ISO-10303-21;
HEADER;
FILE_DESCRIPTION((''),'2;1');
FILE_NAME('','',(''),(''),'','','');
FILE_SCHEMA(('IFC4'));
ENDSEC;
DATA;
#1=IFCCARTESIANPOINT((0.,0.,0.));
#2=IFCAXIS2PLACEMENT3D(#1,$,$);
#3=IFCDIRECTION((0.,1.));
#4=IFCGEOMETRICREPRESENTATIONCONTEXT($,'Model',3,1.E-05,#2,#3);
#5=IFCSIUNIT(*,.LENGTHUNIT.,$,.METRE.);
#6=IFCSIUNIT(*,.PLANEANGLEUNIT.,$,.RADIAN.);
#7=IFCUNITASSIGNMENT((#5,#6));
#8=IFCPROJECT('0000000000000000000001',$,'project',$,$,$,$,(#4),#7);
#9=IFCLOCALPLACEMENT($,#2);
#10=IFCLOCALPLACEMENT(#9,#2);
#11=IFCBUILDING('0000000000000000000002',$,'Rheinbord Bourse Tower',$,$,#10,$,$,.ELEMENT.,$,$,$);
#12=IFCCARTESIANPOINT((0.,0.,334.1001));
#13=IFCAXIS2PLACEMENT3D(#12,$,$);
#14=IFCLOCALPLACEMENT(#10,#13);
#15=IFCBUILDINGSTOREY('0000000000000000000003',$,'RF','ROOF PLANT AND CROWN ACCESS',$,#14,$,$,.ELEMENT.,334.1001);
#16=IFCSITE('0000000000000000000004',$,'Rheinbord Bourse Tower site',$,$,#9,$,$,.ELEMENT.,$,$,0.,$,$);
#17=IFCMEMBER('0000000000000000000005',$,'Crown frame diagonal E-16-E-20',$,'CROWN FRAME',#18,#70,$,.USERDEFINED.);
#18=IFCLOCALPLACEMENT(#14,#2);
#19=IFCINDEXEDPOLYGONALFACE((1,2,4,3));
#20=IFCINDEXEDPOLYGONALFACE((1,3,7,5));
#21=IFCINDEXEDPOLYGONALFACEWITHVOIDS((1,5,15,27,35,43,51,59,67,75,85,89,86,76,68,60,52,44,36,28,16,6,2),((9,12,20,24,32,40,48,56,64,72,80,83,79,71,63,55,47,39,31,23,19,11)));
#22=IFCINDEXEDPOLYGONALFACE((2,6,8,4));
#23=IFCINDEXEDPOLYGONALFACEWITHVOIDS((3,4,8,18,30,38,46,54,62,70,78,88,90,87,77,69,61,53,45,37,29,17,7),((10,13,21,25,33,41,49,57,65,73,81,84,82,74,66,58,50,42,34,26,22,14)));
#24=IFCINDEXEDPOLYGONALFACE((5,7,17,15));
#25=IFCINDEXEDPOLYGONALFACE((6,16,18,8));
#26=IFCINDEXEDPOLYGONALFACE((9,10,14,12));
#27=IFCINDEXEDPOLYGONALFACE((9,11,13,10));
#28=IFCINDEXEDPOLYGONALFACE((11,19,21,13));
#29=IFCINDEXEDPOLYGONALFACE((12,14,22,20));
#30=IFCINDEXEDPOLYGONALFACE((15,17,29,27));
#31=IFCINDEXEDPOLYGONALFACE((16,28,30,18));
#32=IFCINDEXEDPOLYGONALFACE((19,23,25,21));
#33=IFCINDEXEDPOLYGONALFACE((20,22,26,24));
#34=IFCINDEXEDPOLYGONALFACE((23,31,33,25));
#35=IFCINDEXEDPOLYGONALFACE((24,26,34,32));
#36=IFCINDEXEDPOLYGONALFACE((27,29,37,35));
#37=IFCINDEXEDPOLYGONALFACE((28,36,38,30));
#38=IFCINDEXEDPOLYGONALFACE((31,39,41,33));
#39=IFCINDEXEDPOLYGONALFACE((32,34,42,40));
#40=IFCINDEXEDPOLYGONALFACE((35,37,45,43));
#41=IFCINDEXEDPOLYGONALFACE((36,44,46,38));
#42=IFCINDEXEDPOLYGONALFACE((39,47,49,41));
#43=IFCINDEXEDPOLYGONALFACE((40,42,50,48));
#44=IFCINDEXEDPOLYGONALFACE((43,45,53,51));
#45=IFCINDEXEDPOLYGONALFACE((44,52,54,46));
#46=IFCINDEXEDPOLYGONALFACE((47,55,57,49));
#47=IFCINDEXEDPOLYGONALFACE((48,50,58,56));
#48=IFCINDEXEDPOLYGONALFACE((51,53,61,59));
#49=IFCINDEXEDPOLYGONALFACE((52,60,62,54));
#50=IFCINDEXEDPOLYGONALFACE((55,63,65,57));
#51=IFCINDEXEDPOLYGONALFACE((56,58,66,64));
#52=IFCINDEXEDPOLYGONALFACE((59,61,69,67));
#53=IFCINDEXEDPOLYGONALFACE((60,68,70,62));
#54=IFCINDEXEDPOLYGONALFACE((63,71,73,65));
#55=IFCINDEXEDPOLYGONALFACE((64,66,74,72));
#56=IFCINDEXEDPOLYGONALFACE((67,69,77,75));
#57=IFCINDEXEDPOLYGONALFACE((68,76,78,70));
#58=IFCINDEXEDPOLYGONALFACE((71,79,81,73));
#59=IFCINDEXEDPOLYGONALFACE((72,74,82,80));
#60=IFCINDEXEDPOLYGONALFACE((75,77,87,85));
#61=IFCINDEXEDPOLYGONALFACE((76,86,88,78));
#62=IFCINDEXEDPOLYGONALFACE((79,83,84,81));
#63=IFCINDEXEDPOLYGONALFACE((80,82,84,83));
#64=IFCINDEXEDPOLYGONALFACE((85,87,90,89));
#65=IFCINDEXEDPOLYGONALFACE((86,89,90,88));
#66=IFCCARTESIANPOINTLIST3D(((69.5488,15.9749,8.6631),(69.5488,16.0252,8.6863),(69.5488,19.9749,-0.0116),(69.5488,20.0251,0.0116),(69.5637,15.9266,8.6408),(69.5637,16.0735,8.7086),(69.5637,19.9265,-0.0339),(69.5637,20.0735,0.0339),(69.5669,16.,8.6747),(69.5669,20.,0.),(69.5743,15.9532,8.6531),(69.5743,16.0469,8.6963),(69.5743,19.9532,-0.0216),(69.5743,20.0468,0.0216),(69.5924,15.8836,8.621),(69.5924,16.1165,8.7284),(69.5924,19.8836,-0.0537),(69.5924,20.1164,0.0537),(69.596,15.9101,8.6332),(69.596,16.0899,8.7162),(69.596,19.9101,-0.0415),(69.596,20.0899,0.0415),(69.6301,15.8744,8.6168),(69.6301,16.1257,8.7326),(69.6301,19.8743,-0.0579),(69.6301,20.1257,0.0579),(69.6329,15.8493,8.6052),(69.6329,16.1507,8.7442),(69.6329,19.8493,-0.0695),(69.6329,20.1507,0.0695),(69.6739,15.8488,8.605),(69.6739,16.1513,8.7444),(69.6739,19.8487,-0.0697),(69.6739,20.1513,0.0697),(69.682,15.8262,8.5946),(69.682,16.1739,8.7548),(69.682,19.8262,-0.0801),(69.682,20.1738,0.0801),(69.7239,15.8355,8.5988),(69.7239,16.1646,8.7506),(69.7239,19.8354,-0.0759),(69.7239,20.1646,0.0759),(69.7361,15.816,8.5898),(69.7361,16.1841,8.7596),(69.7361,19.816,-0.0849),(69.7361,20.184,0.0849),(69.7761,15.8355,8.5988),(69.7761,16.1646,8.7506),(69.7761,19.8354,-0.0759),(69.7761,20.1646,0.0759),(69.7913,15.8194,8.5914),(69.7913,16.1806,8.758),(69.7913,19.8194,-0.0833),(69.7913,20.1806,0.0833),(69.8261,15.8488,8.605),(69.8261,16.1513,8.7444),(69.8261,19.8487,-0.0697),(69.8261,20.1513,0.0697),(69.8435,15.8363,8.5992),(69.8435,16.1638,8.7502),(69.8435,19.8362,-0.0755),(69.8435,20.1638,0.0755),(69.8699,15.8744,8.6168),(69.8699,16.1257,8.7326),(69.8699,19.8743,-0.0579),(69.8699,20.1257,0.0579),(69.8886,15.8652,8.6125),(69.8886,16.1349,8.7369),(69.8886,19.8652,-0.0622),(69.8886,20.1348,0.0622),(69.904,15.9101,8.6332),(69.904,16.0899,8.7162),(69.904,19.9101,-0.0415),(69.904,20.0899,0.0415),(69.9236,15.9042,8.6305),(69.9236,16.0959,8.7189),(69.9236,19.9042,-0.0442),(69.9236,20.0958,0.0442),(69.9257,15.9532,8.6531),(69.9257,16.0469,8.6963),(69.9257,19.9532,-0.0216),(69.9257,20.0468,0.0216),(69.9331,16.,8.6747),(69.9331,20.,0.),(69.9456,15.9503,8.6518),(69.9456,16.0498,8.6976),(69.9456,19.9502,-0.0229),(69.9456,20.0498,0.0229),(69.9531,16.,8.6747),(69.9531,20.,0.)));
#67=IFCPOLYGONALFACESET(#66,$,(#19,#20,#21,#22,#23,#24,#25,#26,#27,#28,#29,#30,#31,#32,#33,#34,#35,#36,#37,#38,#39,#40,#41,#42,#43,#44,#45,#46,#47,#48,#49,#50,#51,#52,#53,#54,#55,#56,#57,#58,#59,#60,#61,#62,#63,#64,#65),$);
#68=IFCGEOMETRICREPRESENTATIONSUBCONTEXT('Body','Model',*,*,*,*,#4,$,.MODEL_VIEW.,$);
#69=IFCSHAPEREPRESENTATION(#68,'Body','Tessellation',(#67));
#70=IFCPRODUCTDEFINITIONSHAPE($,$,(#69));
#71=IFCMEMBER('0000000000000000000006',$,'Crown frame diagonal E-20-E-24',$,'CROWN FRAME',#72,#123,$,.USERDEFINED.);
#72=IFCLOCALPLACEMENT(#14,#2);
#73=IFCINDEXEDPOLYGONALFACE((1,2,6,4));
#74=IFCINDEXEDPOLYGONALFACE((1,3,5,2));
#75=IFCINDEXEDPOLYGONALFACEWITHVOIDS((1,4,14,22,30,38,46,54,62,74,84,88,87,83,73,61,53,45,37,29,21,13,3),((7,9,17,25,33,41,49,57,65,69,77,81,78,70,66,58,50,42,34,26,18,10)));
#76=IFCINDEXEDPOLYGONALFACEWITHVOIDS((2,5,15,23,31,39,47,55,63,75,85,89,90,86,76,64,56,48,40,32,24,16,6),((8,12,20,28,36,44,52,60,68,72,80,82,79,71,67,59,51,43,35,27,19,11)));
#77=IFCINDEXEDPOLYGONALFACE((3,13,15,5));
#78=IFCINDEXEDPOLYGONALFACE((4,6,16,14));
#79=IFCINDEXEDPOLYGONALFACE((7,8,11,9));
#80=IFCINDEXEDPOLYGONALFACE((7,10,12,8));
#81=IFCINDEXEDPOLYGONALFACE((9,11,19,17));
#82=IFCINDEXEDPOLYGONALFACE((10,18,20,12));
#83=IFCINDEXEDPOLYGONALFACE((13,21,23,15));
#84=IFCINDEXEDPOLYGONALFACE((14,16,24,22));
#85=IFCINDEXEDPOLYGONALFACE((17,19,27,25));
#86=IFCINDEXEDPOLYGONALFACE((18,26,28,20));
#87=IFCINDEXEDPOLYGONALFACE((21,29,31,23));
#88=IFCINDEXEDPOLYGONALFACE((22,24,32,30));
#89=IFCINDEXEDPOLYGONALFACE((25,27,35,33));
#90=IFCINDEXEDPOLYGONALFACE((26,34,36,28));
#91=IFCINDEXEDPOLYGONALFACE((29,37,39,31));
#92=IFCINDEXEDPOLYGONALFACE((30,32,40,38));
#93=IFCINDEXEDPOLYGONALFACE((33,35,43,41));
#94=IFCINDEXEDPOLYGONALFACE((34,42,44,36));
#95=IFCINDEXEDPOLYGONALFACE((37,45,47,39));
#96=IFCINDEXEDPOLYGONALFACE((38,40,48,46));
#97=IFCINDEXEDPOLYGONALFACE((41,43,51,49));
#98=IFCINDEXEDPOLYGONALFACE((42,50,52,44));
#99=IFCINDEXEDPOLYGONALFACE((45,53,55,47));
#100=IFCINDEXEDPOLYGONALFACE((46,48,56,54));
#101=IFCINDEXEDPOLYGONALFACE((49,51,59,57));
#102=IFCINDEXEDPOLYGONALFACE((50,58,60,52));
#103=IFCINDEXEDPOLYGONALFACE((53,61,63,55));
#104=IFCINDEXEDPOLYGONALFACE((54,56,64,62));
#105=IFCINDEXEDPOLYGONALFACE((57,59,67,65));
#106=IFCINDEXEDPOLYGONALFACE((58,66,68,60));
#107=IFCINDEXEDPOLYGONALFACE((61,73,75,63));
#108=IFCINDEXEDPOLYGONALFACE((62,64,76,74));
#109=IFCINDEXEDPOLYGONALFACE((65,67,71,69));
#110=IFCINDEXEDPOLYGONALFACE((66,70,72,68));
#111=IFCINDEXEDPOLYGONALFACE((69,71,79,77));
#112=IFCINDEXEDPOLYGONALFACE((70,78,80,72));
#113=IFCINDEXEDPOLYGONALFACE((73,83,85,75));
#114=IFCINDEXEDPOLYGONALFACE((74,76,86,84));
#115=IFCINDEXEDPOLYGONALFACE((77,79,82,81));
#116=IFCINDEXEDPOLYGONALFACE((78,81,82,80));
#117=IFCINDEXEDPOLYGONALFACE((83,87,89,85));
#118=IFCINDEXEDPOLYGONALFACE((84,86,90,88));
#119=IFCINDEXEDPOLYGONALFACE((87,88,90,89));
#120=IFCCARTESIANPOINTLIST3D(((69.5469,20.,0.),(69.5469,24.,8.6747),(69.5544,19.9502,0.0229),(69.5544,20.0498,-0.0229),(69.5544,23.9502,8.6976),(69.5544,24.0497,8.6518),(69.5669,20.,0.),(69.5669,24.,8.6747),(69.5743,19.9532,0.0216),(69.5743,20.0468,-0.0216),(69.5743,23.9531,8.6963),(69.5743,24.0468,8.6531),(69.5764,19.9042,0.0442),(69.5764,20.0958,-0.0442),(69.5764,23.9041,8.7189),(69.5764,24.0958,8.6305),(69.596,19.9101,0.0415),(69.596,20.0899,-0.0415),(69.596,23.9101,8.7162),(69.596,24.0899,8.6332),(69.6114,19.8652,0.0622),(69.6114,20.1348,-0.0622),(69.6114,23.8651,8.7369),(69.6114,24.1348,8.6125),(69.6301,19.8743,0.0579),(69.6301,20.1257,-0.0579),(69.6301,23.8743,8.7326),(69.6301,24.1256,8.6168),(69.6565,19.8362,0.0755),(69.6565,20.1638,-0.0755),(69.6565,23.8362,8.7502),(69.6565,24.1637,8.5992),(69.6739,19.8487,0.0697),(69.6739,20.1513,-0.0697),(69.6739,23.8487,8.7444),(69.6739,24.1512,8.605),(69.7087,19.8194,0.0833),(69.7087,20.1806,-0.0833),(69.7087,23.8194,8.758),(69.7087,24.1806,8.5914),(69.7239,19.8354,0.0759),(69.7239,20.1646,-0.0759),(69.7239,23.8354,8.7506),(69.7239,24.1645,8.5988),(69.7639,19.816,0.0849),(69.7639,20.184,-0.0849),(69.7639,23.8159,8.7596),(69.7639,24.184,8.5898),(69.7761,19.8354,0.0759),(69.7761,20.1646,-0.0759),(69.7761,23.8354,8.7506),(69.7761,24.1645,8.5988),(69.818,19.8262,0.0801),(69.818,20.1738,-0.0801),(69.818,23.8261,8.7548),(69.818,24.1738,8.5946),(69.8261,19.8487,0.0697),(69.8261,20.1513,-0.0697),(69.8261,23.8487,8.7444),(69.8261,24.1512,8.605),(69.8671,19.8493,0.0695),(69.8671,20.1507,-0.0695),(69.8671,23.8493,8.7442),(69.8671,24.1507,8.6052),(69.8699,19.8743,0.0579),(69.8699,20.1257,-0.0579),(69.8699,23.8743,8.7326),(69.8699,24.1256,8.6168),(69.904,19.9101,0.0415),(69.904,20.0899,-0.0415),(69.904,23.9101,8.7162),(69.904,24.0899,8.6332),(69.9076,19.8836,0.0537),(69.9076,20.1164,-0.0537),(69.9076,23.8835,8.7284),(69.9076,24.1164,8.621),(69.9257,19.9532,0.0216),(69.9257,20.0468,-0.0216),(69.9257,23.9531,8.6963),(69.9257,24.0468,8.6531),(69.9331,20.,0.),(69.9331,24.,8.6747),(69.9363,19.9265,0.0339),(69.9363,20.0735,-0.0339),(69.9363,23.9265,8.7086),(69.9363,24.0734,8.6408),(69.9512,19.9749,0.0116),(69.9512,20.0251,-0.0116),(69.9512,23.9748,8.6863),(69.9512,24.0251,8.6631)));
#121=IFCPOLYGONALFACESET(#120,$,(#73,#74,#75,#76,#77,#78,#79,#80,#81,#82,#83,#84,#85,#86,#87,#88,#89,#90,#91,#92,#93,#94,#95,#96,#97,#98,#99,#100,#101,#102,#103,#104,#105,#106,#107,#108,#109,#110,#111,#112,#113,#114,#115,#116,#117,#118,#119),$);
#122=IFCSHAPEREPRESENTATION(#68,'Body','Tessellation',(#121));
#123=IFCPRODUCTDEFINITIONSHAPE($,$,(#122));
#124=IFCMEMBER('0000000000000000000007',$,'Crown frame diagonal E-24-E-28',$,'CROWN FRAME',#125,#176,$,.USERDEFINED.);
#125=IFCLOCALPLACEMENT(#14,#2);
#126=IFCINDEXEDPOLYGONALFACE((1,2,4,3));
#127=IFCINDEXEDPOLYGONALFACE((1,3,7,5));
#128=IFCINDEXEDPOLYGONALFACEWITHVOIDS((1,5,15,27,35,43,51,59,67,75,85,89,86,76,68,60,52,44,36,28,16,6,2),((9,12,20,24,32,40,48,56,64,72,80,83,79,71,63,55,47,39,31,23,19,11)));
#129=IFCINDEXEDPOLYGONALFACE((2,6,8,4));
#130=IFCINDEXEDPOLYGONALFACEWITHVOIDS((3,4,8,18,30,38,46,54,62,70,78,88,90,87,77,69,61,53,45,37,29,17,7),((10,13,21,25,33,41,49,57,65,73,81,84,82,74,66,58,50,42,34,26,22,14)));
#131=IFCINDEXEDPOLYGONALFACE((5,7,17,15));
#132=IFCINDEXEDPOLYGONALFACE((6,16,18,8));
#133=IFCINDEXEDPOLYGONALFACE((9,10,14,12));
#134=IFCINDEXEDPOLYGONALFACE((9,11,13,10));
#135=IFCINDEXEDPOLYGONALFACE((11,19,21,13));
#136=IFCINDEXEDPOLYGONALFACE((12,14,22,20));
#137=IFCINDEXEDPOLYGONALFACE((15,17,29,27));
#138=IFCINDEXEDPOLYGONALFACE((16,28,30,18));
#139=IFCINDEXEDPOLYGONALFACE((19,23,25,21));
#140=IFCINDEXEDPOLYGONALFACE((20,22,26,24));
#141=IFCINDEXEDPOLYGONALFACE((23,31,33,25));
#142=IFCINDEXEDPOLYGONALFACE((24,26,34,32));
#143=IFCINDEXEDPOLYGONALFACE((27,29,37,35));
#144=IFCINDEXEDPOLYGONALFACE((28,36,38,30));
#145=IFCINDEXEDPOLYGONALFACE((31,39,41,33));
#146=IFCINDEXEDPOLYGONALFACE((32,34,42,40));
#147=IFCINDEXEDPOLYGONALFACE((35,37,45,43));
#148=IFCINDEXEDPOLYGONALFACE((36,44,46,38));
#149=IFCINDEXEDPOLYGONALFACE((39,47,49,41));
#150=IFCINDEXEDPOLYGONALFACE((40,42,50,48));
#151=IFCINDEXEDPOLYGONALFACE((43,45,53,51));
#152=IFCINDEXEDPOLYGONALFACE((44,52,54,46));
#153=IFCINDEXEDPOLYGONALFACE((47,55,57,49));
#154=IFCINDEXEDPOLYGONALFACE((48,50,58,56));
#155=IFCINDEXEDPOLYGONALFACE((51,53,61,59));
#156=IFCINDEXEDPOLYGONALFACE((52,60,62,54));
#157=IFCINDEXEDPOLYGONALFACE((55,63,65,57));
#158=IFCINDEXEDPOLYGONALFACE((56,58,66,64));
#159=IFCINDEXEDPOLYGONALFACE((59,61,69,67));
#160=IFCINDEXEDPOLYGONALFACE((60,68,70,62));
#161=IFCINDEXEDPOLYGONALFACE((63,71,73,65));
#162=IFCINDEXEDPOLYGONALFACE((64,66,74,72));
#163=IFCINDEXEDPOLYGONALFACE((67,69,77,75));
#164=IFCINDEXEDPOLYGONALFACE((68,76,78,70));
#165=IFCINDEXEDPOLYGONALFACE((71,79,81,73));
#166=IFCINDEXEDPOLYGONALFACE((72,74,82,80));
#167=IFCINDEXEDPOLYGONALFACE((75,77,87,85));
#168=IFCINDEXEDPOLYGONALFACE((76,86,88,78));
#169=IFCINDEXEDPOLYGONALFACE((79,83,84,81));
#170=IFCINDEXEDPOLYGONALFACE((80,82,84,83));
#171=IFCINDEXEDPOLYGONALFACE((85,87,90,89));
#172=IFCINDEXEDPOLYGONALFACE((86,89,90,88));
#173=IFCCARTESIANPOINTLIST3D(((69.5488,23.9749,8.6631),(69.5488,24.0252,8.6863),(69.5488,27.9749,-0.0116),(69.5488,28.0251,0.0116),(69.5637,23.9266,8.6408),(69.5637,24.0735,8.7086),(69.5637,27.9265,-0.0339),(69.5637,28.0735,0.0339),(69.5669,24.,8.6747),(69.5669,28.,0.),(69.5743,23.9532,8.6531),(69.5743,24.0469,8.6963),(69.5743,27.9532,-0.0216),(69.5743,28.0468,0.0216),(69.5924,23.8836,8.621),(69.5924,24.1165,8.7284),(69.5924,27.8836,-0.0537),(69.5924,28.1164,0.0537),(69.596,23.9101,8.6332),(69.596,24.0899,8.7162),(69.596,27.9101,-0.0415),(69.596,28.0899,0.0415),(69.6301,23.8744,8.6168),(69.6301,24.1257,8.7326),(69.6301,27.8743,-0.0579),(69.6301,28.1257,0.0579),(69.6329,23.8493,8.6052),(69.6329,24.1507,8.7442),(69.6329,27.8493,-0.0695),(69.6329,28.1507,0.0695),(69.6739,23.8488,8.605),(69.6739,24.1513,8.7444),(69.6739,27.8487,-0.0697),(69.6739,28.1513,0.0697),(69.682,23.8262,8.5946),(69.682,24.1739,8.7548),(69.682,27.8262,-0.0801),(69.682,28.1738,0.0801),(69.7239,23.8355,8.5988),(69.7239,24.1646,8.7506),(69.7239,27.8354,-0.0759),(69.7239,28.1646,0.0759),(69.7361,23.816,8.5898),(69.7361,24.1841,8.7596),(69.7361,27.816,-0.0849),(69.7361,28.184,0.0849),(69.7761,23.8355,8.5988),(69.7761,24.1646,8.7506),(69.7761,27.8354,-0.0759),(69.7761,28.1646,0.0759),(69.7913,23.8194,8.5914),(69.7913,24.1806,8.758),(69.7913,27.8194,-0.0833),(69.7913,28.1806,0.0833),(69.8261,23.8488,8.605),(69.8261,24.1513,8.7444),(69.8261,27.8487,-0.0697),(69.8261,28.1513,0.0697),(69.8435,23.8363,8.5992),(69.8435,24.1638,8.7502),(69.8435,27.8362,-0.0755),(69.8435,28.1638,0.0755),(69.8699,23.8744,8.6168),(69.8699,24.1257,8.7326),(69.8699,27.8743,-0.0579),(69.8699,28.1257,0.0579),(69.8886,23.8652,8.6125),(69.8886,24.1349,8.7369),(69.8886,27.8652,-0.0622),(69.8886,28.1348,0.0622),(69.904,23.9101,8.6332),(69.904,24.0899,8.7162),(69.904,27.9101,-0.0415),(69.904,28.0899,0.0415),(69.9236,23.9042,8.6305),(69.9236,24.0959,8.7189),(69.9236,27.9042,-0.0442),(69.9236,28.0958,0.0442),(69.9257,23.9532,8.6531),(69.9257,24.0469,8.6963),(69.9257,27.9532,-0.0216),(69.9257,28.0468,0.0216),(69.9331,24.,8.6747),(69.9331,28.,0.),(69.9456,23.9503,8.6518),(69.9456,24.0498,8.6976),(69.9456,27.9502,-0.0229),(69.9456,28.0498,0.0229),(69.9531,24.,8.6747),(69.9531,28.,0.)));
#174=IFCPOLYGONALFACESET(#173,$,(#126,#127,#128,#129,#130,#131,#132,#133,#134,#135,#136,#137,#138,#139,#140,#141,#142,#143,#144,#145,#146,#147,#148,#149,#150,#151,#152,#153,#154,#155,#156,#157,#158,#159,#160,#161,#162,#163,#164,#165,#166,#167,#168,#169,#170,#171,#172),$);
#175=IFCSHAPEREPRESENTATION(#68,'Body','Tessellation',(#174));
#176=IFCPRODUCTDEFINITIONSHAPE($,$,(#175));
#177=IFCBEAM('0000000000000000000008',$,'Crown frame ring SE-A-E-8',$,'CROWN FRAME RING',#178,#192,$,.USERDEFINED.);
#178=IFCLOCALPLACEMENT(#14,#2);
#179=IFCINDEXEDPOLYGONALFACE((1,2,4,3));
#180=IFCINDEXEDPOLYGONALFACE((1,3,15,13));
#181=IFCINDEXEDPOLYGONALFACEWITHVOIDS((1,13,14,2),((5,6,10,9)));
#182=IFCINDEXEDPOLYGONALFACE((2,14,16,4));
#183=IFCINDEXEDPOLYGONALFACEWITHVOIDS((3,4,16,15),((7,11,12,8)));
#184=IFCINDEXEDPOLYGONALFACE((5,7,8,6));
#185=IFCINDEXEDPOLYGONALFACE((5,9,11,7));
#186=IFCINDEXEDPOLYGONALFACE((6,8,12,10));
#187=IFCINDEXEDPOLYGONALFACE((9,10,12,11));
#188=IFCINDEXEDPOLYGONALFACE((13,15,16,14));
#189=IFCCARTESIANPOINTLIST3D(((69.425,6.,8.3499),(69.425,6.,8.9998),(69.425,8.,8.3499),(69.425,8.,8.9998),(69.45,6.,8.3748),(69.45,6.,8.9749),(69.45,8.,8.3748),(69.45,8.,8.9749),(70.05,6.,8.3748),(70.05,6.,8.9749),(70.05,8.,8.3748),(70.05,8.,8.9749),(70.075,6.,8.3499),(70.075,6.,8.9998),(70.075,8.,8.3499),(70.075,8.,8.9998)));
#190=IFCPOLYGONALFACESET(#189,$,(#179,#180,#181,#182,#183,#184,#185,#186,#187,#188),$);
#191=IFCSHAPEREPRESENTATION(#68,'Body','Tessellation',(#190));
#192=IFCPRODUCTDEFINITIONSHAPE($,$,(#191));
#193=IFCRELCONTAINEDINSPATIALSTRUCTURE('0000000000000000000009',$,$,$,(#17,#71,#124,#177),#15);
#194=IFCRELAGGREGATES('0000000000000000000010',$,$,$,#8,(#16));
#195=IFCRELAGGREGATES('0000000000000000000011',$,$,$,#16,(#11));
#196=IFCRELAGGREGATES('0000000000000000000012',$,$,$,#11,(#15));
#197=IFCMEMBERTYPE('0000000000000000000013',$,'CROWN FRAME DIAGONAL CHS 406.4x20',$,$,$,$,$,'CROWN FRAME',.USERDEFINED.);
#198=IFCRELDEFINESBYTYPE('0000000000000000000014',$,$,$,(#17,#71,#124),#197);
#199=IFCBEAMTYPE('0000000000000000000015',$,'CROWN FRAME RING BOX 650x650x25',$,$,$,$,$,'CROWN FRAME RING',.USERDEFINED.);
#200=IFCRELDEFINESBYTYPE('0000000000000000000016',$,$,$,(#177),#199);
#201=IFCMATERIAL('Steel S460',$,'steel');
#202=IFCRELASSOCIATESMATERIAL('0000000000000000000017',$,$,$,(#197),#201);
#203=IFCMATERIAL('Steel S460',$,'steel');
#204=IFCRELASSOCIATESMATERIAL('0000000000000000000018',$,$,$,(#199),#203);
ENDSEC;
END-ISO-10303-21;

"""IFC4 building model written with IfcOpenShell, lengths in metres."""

from ifc_helpers import new_model, si_unit, direction, frame, origin, origin_2d, place, context, subcontext, project, spatial, hollow_rectangle, hollow_circle, extrude, material, material_profile, profile_set, type_object, element, save


model = new_model("IFC4")

# Units and contexts
model_context = context("Model", 3, precision=1e-05, world=origin(), true_north=direction((0.0, 1.0)))
body_context = subcontext(model_context, "Body", "Model", "MODEL_VIEW")
ifc_project = project(units=[si_unit("LENGTHUNIT", "METRE"), si_unit("PLANEANGLEUNIT", "RADIAN")], contexts=[model_context])

# Site, building, storey
site_placement = place(None, origin())
site = spatial("IfcSite", under=ifc_project, at=site_placement, Name="Rheinbord Bourse Tower site", CompositionType="ELEMENT", RefElevation=0.0)
building_placement = place(site_placement, origin())
building = spatial("IfcBuilding", under=site, at=building_placement, Name="Rheinbord Bourse Tower", CompositionType="ELEMENT")
storey_placement = place(building_placement, frame((0.0, 0.0, 334.1001)))
storey = spatial("IfcBuildingStorey", under=building, at=storey_placement, Name="RF", Description="ROOF PLANT AND CROWN ACCESS", CompositionType="ELEMENT", Elevation=334.1001)

# Members
ifc_material_1 = material(Name="Steel S460", Category="steel")
ifc_material_profile_1 = material_profile(ifc_material_1, hollow_circle(Radius=0.2031, WallThickness=0.02, at=origin_2d()), Name="CHS 406.4x20")
ifc_profile_set_1 = profile_set([ifc_material_profile_1], Name="Steel S460")
member_type = type_object("IfcMemberType", Name="CROWN FRAME DIAGONAL CHS 406.4x20", ElementType="CROWN FRAME", PredefinedType="USERDEFINED", material=ifc_profile_set_1)
for number, where, z_axis, x_axis, name in (
    (1, (69.75, 20.0, 0.0), (0.0, -0.418734, 0.908109), (1.0, 0.0, 0.0), "Crown frame diagonal E-16-E-20"),
    (2, (69.75, 20.0, 0.0), (0.0, 0.418734, 0.908109), (-1.0, 0.0, 0.0), "Crown frame diagonal E-20-E-24"),
    (3, (69.75, 28.0, 0.0), (0.0, -0.418734, 0.908109), (1.0, 0.0, 0.0), "Crown frame diagonal E-24-E-28"),
):
    element("IfcMember", number, at=place(storey_placement, frame(where, z_axis=z_axis, x_axis=x_axis)), inside=storey, type_object=member_type, Name=name, ObjectType="CROWN FRAME", PredefinedType="USERDEFINED", context=body_context, shape_type="SweptSolid", body=[
        extrude(hollow_circle(Radius=0.2031, WallThickness=0.02, at=origin_2d()), origin(), (0.0, 0.0, 1.0), 9.5525),
    ])

# Beam
ifc_material_2 = material(Name="Steel S460", Category="steel")
ifc_material_profile_2 = material_profile(ifc_material_2, hollow_rectangle(XDim=0.6499, YDim=0.6499, WallThickness=0.0249, at=origin_2d()), Name="BOX 650x650x25")
ifc_profile_set_2 = profile_set([ifc_material_profile_2], Name="Steel S460")
beam_type = type_object("IfcBeamType", Name="CROWN FRAME RING BOX 650x650x25", ElementType="CROWN FRAME RING", PredefinedType="USERDEFINED", material=ifc_profile_set_2)
beam_placement = place(storey_placement, frame((69.75, 6.0, 8.6748), z_axis=(0.0, 1.0, 0.0), x_axis=(-1.0, 0.0, 0.0)))
element("IfcBeam", 4, at=beam_placement, inside=storey, type_object=beam_type, Name="Crown frame ring SE-A-E-8", ObjectType="CROWN FRAME RING", PredefinedType="USERDEFINED", context=body_context, shape_type="SweptSolid", body=[
    extrude(hollow_rectangle(XDim=0.6499, YDim=0.6499, WallThickness=0.0249, at=origin_2d()), origin(), (0.0, 0.0, 1.0), 2.0),
])

save(model, "model.ifc")
